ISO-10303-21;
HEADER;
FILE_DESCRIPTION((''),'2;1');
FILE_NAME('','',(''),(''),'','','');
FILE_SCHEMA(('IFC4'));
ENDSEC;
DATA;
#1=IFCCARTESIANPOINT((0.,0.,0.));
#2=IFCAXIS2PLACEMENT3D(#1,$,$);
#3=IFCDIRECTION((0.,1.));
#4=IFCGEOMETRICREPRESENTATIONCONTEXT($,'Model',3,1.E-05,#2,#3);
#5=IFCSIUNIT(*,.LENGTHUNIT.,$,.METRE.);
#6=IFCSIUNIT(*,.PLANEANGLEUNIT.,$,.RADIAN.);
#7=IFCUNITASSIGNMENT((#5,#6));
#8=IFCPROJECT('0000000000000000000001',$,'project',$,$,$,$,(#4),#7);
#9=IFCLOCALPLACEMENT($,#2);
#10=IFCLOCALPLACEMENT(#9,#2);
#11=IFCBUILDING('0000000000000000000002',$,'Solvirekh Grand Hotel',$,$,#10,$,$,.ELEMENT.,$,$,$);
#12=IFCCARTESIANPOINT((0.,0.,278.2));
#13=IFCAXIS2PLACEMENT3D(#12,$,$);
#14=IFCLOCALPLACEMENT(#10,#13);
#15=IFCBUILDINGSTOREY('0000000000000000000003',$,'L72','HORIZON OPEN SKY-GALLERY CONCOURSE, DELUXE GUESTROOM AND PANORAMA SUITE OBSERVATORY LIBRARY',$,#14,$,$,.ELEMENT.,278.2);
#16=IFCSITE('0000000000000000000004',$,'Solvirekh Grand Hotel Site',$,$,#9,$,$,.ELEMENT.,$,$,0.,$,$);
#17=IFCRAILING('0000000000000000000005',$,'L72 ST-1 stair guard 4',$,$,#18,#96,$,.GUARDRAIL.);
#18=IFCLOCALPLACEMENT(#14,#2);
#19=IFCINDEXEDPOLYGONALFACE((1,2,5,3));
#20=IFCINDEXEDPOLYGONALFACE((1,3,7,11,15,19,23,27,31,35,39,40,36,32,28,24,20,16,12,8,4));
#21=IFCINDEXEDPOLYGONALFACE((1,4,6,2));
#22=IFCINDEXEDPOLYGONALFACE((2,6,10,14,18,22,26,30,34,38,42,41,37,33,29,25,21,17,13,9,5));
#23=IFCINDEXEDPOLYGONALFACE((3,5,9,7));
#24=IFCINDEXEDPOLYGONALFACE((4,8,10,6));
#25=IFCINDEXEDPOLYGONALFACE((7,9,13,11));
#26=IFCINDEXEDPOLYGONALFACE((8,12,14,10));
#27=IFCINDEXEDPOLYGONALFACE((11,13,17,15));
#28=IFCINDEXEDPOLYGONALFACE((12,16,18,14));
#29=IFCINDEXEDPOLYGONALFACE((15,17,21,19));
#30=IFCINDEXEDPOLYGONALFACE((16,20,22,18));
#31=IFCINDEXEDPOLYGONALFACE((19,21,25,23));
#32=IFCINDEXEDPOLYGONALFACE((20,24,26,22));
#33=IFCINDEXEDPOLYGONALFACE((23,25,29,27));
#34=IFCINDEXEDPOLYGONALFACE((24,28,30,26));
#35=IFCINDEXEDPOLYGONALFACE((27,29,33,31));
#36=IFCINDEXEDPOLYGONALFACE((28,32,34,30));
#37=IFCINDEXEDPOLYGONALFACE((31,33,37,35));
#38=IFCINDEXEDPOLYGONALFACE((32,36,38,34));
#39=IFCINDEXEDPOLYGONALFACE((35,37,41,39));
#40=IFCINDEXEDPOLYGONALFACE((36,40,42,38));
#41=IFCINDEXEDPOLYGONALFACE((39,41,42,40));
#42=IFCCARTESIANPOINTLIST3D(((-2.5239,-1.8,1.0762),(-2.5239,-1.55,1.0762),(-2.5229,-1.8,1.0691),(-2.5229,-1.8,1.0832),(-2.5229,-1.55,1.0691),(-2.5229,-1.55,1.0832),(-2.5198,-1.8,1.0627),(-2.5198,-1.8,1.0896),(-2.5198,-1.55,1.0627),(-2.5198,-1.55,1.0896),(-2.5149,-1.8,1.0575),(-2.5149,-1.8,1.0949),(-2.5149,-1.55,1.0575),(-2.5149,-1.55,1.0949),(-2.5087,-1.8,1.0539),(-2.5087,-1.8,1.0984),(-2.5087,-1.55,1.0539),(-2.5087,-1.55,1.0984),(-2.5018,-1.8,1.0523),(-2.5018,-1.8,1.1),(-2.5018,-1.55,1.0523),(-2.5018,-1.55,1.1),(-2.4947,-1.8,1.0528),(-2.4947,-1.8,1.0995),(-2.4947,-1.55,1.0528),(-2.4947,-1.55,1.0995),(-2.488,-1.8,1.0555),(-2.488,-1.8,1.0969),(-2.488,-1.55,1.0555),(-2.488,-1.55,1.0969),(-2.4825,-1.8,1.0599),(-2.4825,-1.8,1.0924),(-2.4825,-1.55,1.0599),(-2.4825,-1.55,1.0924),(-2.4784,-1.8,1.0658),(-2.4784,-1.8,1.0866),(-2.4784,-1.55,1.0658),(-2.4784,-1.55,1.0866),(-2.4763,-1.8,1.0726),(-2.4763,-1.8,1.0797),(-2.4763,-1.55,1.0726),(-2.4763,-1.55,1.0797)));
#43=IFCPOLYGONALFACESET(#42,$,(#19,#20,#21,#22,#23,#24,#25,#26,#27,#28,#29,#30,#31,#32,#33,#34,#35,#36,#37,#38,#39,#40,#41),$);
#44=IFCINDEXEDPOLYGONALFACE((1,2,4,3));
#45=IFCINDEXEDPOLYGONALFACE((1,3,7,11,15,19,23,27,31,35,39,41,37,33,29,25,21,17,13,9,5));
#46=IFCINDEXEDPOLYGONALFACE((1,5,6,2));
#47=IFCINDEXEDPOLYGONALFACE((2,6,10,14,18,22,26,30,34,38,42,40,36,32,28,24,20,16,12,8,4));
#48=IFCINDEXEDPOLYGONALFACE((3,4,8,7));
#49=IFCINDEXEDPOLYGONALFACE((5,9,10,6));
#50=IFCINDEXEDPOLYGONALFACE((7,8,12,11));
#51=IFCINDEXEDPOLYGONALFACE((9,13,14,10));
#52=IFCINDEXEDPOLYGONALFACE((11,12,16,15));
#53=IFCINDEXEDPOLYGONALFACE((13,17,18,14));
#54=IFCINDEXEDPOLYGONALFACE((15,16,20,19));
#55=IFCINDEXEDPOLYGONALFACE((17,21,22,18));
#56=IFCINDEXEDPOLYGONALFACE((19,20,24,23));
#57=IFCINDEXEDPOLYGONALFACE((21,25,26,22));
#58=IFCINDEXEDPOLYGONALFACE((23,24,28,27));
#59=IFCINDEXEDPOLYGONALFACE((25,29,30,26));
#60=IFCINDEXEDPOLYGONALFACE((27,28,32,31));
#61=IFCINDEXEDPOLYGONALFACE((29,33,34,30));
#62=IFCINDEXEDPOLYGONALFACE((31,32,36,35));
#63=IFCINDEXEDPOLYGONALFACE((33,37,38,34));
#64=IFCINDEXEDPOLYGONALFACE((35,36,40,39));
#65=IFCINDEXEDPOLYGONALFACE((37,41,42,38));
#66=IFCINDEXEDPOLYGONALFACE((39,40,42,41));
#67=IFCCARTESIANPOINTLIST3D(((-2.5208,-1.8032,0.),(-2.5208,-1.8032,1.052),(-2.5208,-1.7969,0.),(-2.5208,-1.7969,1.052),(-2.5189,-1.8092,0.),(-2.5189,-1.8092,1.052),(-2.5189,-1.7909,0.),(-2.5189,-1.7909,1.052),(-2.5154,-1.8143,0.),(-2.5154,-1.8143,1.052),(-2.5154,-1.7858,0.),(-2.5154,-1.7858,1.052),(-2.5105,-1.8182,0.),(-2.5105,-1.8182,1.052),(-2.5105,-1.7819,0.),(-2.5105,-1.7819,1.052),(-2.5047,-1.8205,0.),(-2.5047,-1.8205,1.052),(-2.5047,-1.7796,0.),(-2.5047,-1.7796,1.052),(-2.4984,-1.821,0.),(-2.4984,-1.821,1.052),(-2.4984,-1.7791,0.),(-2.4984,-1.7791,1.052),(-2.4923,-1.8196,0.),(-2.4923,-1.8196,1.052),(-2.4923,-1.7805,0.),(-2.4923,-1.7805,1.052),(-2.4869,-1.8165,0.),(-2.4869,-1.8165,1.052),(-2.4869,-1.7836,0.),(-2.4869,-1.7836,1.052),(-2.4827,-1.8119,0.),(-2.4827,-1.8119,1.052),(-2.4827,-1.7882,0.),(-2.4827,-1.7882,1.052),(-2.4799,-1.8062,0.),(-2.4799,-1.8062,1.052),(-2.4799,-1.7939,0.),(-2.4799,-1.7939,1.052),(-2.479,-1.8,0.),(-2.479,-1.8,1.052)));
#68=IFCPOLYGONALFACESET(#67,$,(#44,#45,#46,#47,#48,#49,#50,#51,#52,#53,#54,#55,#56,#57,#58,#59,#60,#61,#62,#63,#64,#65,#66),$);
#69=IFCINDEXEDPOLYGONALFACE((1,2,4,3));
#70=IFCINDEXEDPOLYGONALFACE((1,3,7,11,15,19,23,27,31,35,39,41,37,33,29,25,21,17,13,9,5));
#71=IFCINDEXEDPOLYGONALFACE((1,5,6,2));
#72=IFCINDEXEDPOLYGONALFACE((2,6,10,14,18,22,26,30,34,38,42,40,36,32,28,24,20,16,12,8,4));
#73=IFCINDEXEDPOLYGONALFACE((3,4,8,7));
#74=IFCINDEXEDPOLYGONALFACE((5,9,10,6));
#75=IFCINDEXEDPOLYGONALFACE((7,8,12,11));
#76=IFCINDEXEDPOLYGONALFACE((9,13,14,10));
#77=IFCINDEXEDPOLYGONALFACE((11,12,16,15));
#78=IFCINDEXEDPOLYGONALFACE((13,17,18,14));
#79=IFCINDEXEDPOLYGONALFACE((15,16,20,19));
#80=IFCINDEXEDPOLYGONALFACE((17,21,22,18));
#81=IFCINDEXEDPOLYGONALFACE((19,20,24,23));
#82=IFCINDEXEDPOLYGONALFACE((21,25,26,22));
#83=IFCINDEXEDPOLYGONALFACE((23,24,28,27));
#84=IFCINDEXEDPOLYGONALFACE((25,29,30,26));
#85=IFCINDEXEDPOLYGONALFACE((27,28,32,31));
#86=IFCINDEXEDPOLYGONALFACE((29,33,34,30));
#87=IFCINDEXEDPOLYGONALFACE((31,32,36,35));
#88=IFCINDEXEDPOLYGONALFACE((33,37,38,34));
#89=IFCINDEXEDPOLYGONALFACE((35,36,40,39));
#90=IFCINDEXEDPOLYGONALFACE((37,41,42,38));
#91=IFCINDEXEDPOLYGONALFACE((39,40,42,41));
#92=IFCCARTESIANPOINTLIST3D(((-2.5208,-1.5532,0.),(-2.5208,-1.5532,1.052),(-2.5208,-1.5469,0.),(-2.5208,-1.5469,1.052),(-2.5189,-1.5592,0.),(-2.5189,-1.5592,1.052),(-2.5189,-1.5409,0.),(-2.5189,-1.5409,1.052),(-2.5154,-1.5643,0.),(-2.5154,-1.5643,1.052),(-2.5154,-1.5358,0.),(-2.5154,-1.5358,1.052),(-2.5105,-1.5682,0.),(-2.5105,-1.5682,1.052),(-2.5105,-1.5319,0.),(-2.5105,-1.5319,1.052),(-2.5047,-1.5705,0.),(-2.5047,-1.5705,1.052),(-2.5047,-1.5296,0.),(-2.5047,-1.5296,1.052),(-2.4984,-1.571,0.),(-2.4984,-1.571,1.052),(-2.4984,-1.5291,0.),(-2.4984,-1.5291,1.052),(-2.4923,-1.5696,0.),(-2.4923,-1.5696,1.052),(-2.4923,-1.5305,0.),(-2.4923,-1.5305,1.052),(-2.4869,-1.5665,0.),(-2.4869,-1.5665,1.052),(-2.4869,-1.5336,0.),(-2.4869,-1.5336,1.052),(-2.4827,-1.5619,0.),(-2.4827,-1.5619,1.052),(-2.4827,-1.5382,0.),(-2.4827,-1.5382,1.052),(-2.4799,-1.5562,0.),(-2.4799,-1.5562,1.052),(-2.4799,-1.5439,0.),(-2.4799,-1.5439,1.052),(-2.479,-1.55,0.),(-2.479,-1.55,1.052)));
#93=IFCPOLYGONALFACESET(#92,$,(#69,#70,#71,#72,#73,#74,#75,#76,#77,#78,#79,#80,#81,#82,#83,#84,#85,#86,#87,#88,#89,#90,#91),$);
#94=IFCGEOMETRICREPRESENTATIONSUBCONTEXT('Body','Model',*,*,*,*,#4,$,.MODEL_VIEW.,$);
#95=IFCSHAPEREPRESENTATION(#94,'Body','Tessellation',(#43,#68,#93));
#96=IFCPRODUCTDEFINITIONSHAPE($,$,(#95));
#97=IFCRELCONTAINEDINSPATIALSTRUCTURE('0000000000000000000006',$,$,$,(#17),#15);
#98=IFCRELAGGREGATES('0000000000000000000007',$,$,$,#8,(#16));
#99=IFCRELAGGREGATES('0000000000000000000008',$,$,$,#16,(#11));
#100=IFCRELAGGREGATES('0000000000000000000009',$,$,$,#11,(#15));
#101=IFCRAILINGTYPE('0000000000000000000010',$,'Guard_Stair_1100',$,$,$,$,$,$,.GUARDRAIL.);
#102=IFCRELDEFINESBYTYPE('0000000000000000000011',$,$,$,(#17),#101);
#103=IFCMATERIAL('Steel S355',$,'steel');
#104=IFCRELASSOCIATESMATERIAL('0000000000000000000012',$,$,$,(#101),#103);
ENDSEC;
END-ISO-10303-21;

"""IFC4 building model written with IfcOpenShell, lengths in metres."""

from ifc_helpers import new_model, si_unit, direction, frame, origin, origin_2d, place, context, subcontext, project, spatial, circle, extrude, material, type_object, element, save


model = new_model("IFC4")

# Units and contexts
model_context = context("Model", 3, precision=1e-05, world=origin(), true_north=direction((0.0, 1.0)))
body_context = subcontext(model_context, "Body", "Model", "MODEL_VIEW")
ifc_project = project(units=[si_unit("LENGTHUNIT", "METRE"), si_unit("PLANEANGLEUNIT", "RADIAN")], contexts=[model_context])

# Site, building, storey
site_placement = place(None, origin())
site = spatial("IfcSite", under=ifc_project, at=site_placement, Name="Solvirekh Grand Hotel Site", CompositionType="ELEMENT", RefElevation=0.0)
building_placement = place(site_placement, origin())
building = spatial("IfcBuilding", under=site, at=building_placement, Name="Solvirekh Grand Hotel", CompositionType="ELEMENT")
storey_placement = place(building_placement, frame((0.0, 0.0, 278.2)))
storey = spatial("IfcBuildingStorey", under=building, at=storey_placement, Name="L72", Description="HORIZON OPEN SKY-GALLERY CONCOURSE, DELUXE GUESTROOM AND PANORAMA SUITE OBSERVATORY LIBRARY", CompositionType="ELEMENT", Elevation=278.2)

# Shared definitions
ifc_material_1 = material(Name="Steel S355", Category="steel")

# Railing
railing_type_1 = type_object("IfcRailingType", Name="Guard_Stair_1100", PredefinedType="GUARDRAIL", material=ifc_material_1)
railing_1_placement = place(storey_placement, frame((-2.5, -1.8, 0.0)))
element("IfcRailing", 1, at=railing_1_placement, inside=storey, type_object=railing_type_1, Name="L72 ST-1 stair guard 4", PredefinedType="GUARDRAIL", context=body_context, shape_type="SweptSolid", body=[
    extrude(circle(Radius=0.0239, at=origin_2d()), frame((0.0, 0.0, 1.0762), z_axis=(0.0, 1.0, 0.0), x_axis=(-1.0, 0.0, 0.0)), (0.0, 0.0, 1.0), 0.25),
    extrude(circle(Radius=0.021, at=origin_2d()), origin(), (0.0, 0.0, 1.0), 1.052),
    extrude(circle(Radius=0.021, at=origin_2d()), frame((0.0, 0.25, 0.0)), (0.0, 0.0, 1.0), 1.052),
])

save(model, "model.ifc")
